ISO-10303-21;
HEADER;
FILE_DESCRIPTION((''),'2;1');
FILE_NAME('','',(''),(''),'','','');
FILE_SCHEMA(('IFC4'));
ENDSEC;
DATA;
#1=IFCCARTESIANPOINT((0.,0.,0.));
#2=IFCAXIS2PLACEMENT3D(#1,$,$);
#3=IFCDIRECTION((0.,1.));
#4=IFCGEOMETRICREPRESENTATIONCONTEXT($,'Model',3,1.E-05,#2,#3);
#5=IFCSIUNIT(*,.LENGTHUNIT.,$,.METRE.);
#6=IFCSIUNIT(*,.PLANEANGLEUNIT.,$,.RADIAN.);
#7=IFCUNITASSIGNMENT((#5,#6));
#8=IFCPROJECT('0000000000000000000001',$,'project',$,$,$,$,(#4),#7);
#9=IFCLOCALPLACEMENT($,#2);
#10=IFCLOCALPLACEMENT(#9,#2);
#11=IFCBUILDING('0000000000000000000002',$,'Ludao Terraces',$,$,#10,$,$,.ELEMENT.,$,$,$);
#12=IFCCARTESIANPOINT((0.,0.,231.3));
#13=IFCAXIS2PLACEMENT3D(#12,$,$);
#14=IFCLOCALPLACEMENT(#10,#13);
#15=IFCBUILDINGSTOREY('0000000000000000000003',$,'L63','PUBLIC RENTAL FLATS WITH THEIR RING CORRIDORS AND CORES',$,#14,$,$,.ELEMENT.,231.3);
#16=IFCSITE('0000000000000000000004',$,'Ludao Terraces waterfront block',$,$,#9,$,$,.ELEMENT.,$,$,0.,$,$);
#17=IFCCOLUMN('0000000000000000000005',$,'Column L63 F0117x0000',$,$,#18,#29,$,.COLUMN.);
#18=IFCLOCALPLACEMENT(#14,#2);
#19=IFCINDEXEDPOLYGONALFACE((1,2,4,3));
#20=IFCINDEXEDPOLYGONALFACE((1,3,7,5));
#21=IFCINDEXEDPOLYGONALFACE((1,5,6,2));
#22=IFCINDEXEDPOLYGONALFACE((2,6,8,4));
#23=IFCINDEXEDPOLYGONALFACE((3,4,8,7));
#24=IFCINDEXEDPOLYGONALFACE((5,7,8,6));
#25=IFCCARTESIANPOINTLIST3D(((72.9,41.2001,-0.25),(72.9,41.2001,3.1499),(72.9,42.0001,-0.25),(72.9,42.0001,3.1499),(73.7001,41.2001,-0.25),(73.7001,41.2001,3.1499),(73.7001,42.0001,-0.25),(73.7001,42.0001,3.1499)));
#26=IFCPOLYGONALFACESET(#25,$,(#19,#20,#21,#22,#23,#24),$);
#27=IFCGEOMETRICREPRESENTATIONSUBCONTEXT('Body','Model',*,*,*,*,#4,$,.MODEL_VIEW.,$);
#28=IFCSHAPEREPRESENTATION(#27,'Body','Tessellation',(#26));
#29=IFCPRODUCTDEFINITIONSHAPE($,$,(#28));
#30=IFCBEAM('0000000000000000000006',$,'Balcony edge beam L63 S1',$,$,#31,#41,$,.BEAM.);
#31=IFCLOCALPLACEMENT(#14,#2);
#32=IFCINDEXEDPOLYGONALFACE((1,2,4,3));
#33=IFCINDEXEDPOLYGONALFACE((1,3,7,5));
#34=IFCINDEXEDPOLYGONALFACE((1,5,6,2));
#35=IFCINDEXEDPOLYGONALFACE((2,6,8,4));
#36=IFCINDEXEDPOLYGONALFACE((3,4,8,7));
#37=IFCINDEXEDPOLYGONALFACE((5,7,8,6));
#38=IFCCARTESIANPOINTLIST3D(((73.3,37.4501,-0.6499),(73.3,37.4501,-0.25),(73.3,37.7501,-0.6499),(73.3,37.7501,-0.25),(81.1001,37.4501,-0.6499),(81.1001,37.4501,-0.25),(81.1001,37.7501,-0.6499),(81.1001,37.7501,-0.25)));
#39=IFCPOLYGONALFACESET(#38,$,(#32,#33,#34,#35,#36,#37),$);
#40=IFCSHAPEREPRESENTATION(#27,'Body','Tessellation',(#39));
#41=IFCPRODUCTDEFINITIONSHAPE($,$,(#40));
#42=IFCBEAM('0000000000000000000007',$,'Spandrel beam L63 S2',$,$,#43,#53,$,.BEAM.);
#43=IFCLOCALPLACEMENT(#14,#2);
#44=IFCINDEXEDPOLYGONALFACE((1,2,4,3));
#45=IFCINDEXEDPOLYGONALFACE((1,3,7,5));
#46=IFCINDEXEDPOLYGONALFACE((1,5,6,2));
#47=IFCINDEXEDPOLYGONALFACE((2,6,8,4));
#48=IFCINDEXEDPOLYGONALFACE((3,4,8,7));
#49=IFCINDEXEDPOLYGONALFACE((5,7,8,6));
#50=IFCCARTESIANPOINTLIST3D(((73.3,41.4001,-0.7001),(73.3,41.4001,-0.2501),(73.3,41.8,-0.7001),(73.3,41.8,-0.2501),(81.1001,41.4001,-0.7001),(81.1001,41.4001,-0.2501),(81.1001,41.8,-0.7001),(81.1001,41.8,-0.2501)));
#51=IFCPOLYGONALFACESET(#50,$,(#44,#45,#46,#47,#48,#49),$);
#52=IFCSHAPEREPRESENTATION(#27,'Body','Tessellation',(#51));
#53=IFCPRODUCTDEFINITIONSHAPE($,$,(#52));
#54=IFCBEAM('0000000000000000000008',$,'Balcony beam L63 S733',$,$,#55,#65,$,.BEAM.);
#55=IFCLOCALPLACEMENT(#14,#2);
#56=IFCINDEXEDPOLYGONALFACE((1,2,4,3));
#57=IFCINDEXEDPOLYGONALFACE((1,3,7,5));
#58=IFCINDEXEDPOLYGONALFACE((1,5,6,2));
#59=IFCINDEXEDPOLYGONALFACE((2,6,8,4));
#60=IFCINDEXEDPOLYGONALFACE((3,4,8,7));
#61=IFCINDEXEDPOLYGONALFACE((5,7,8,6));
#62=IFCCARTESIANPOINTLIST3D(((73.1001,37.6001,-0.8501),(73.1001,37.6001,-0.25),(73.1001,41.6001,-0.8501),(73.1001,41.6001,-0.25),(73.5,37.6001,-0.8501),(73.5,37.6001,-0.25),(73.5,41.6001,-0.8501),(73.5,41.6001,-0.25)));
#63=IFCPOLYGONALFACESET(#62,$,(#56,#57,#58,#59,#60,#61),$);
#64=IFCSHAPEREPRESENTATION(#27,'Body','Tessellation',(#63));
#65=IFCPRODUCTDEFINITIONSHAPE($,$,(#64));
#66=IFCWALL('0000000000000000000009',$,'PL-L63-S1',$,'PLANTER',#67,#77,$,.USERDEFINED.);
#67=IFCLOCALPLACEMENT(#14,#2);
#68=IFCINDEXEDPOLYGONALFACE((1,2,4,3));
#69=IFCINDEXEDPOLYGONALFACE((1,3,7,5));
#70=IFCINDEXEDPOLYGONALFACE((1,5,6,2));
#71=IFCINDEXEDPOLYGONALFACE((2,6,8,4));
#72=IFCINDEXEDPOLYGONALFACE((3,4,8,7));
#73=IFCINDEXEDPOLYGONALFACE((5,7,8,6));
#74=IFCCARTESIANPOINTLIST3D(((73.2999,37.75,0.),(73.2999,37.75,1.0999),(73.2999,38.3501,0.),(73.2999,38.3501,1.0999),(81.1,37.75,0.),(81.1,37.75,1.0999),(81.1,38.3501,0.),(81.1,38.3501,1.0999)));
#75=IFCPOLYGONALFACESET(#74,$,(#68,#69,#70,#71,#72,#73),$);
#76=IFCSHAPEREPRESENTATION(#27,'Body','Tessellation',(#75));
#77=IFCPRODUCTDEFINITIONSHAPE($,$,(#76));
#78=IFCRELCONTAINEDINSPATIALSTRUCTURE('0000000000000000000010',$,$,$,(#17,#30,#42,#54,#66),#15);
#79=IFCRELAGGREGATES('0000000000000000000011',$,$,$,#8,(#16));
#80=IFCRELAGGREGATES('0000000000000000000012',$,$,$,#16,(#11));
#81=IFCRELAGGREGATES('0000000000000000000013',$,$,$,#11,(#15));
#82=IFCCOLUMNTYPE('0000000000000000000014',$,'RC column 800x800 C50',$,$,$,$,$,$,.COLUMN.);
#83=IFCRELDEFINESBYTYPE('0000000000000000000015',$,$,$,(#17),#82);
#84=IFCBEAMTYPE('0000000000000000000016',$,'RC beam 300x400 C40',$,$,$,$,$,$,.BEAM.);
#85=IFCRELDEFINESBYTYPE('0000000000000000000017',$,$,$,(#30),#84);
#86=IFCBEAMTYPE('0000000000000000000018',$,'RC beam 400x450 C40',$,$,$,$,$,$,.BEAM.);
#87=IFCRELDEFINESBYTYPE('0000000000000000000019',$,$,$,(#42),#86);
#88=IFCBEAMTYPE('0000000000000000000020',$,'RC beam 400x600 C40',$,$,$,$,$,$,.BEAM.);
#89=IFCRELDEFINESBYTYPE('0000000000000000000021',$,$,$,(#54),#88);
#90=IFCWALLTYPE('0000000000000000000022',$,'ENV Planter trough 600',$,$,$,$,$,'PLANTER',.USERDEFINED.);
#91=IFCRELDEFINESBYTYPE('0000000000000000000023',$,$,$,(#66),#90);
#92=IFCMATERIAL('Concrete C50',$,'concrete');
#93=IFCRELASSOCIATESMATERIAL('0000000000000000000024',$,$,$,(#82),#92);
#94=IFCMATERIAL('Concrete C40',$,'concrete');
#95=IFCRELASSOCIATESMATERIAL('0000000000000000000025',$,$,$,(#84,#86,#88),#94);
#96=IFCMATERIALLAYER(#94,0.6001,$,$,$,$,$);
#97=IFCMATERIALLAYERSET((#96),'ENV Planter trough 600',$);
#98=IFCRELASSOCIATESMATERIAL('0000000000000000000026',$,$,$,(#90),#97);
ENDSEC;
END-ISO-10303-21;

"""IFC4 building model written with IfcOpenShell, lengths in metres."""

from ifc_helpers import new_model, si_unit, direction, frame, frame_2d, origin, origin_2d, place, context, subcontext, project, spatial, rectangle, extrude, material, layer, layer_set, material_profile, profile_set, type_object, element, save


model = new_model("IFC4")

# Units and contexts
model_context = context("Model", 3, precision=1e-05, world=origin(), true_north=direction((0.0, 1.0)))
body_context = subcontext(model_context, "Body", "Model", "MODEL_VIEW")
ifc_project = project(units=[si_unit("LENGTHUNIT", "METRE"), si_unit("PLANEANGLEUNIT", "RADIAN")], contexts=[model_context])

# Site, building, storey
site_placement = place(None, origin())
site = spatial("IfcSite", under=ifc_project, at=site_placement, Name="Ludao Terraces waterfront block", CompositionType="ELEMENT", RefElevation=0.0)
building_placement = place(site_placement, origin())
building = spatial("IfcBuilding", under=site, at=building_placement, Name="Ludao Terraces", CompositionType="ELEMENT")
storey_placement = place(building_placement, frame((0.0, 0.0, 231.3)))
storey = spatial("IfcBuildingStorey", under=building, at=storey_placement, Name="L63", Description="PUBLIC RENTAL FLATS WITH THEIR RING CORRIDORS AND CORES", CompositionType="ELEMENT", Elevation=231.3)

# Column
ifc_material_1 = material(Name="Concrete C50", Category="concrete")
ifc_material_profile_1 = material_profile(ifc_material_1, rectangle(XDim=0.8, YDim=0.8, at=origin_2d()), Name="800 X 800")
ifc_profile_set_1 = profile_set([ifc_material_profile_1], Name="Concrete C50")
column_type = type_object("IfcColumnType", Name="RC column 800x800 C50", PredefinedType="COLUMN", material=ifc_profile_set_1)
column_placement = place(storey_placement, frame((73.3, 41.6001, -0.25), z_axis=(0.0, 0.0, 1.0), x_axis=(1.0, 0.0, 0.0)))
element("IfcColumn", 1, at=column_placement, inside=storey, type_object=column_type, Name="Column L63 F0117x0000", PredefinedType="COLUMN", context=body_context, shape_type="SweptSolid", body=[
    extrude(rectangle(XDim=0.8, YDim=0.8, at=origin_2d()), origin(), (0.0, 0.0, 1.0), 3.3999),
])

# Beams
ifc_material_2 = material(Name="Concrete C40", Category="concrete")
ifc_material_profile_2 = material_profile(ifc_material_2, rectangle(XDim=0.3, YDim=0.3999, at=origin_2d()), Name="300 X 400")
ifc_profile_set_2 = profile_set([ifc_material_profile_2], Name="Concrete C40")
beam_type_1 = type_object("IfcBeamType", Name="RC beam 300x400 C40", PredefinedType="BEAM", material=ifc_profile_set_2)
beam_1_placement = place(storey_placement, frame((73.3, 37.6001, -0.45), z_axis=(1.0, 0.0, 0.0), x_axis=(0.0, 1.0, 0.0)))
element("IfcBeam", 2, at=beam_1_placement, inside=storey, type_object=beam_type_1, Name="Balcony edge beam L63 S1", PredefinedType="BEAM", context=body_context, shape_type="SweptSolid", body=[
    extrude(rectangle(XDim=0.3, YDim=0.3999, at=origin_2d()), origin(), (0.0, 0.0, 1.0), 7.8),
])
ifc_material_profile_3 = material_profile(ifc_material_2, rectangle(XDim=0.3999, YDim=0.45, at=origin_2d()), Name="400 X 450")
ifc_profile_set_3 = profile_set([ifc_material_profile_3], Name="Concrete C40")
beam_type_2 = type_object("IfcBeamType", Name="RC beam 400x450 C40", PredefinedType="BEAM", material=ifc_profile_set_3)
beam_2_placement = place(storey_placement, frame((73.3, 41.6001, -0.4751), z_axis=(1.0, 0.0, 0.0), x_axis=(0.0, 1.0, 0.0)))
element("IfcBeam", 3, at=beam_2_placement, inside=storey, type_object=beam_type_2, Name="Spandrel beam L63 S2", PredefinedType="BEAM", context=body_context, shape_type="SweptSolid", body=[
    extrude(rectangle(XDim=0.3999, YDim=0.45, at=origin_2d()), origin(), (0.0, 0.0, 1.0), 7.8),
])
ifc_material_profile_4 = material_profile(ifc_material_2, rectangle(XDim=0.3999, YDim=0.6001, at=origin_2d()), Name="400 X 600")
ifc_profile_set_4 = profile_set([ifc_material_profile_4], Name="Concrete C40")
beam_type_3 = type_object("IfcBeamType", Name="RC beam 400x600 C40", PredefinedType="BEAM", material=ifc_profile_set_4)
beam_3_placement = place(storey_placement, frame((73.3, 41.6001, -0.55), z_axis=(0.0, -1.0, 0.0), x_axis=(1.0, 0.0, 0.0)))
element("IfcBeam", 4, at=beam_3_placement, inside=storey, type_object=beam_type_3, Name="Balcony beam L63 S733", PredefinedType="BEAM", context=body_context, shape_type="SweptSolid", body=[
    extrude(rectangle(XDim=0.3999, YDim=0.6001, at=origin_2d()), origin(), (0.0, 0.0, 1.0), 4.0),
])

# Wall
ifc_layer = layer(ifc_material_2, 0.6001)
ifc_layer_set = layer_set([ifc_layer], Name="ENV Planter trough 600")
wall_type = type_object("IfcWallType", Name="ENV Planter trough 600", ElementType="PLANTER", PredefinedType="USERDEFINED", material=ifc_layer_set)
wall_placement = place(storey_placement, frame((73.3, 38.05, 0.0), z_axis=(0.0, 0.0, 1.0), x_axis=(1.0, 0.0, 0.0)))
element("IfcWall", 5, at=wall_placement, inside=storey, type_object=wall_type, Name="PL-L63-S1", ObjectType="PLANTER", PredefinedType="USERDEFINED", context=body_context, shape_type="SweptSolid", body=[
    extrude(rectangle(XDim=7.8, YDim=0.6001, at=frame_2d((3.8999, 0.0))), origin(), (0.0, 0.0, 1.0), 1.0999),
])

save(model, "model.ifc")
